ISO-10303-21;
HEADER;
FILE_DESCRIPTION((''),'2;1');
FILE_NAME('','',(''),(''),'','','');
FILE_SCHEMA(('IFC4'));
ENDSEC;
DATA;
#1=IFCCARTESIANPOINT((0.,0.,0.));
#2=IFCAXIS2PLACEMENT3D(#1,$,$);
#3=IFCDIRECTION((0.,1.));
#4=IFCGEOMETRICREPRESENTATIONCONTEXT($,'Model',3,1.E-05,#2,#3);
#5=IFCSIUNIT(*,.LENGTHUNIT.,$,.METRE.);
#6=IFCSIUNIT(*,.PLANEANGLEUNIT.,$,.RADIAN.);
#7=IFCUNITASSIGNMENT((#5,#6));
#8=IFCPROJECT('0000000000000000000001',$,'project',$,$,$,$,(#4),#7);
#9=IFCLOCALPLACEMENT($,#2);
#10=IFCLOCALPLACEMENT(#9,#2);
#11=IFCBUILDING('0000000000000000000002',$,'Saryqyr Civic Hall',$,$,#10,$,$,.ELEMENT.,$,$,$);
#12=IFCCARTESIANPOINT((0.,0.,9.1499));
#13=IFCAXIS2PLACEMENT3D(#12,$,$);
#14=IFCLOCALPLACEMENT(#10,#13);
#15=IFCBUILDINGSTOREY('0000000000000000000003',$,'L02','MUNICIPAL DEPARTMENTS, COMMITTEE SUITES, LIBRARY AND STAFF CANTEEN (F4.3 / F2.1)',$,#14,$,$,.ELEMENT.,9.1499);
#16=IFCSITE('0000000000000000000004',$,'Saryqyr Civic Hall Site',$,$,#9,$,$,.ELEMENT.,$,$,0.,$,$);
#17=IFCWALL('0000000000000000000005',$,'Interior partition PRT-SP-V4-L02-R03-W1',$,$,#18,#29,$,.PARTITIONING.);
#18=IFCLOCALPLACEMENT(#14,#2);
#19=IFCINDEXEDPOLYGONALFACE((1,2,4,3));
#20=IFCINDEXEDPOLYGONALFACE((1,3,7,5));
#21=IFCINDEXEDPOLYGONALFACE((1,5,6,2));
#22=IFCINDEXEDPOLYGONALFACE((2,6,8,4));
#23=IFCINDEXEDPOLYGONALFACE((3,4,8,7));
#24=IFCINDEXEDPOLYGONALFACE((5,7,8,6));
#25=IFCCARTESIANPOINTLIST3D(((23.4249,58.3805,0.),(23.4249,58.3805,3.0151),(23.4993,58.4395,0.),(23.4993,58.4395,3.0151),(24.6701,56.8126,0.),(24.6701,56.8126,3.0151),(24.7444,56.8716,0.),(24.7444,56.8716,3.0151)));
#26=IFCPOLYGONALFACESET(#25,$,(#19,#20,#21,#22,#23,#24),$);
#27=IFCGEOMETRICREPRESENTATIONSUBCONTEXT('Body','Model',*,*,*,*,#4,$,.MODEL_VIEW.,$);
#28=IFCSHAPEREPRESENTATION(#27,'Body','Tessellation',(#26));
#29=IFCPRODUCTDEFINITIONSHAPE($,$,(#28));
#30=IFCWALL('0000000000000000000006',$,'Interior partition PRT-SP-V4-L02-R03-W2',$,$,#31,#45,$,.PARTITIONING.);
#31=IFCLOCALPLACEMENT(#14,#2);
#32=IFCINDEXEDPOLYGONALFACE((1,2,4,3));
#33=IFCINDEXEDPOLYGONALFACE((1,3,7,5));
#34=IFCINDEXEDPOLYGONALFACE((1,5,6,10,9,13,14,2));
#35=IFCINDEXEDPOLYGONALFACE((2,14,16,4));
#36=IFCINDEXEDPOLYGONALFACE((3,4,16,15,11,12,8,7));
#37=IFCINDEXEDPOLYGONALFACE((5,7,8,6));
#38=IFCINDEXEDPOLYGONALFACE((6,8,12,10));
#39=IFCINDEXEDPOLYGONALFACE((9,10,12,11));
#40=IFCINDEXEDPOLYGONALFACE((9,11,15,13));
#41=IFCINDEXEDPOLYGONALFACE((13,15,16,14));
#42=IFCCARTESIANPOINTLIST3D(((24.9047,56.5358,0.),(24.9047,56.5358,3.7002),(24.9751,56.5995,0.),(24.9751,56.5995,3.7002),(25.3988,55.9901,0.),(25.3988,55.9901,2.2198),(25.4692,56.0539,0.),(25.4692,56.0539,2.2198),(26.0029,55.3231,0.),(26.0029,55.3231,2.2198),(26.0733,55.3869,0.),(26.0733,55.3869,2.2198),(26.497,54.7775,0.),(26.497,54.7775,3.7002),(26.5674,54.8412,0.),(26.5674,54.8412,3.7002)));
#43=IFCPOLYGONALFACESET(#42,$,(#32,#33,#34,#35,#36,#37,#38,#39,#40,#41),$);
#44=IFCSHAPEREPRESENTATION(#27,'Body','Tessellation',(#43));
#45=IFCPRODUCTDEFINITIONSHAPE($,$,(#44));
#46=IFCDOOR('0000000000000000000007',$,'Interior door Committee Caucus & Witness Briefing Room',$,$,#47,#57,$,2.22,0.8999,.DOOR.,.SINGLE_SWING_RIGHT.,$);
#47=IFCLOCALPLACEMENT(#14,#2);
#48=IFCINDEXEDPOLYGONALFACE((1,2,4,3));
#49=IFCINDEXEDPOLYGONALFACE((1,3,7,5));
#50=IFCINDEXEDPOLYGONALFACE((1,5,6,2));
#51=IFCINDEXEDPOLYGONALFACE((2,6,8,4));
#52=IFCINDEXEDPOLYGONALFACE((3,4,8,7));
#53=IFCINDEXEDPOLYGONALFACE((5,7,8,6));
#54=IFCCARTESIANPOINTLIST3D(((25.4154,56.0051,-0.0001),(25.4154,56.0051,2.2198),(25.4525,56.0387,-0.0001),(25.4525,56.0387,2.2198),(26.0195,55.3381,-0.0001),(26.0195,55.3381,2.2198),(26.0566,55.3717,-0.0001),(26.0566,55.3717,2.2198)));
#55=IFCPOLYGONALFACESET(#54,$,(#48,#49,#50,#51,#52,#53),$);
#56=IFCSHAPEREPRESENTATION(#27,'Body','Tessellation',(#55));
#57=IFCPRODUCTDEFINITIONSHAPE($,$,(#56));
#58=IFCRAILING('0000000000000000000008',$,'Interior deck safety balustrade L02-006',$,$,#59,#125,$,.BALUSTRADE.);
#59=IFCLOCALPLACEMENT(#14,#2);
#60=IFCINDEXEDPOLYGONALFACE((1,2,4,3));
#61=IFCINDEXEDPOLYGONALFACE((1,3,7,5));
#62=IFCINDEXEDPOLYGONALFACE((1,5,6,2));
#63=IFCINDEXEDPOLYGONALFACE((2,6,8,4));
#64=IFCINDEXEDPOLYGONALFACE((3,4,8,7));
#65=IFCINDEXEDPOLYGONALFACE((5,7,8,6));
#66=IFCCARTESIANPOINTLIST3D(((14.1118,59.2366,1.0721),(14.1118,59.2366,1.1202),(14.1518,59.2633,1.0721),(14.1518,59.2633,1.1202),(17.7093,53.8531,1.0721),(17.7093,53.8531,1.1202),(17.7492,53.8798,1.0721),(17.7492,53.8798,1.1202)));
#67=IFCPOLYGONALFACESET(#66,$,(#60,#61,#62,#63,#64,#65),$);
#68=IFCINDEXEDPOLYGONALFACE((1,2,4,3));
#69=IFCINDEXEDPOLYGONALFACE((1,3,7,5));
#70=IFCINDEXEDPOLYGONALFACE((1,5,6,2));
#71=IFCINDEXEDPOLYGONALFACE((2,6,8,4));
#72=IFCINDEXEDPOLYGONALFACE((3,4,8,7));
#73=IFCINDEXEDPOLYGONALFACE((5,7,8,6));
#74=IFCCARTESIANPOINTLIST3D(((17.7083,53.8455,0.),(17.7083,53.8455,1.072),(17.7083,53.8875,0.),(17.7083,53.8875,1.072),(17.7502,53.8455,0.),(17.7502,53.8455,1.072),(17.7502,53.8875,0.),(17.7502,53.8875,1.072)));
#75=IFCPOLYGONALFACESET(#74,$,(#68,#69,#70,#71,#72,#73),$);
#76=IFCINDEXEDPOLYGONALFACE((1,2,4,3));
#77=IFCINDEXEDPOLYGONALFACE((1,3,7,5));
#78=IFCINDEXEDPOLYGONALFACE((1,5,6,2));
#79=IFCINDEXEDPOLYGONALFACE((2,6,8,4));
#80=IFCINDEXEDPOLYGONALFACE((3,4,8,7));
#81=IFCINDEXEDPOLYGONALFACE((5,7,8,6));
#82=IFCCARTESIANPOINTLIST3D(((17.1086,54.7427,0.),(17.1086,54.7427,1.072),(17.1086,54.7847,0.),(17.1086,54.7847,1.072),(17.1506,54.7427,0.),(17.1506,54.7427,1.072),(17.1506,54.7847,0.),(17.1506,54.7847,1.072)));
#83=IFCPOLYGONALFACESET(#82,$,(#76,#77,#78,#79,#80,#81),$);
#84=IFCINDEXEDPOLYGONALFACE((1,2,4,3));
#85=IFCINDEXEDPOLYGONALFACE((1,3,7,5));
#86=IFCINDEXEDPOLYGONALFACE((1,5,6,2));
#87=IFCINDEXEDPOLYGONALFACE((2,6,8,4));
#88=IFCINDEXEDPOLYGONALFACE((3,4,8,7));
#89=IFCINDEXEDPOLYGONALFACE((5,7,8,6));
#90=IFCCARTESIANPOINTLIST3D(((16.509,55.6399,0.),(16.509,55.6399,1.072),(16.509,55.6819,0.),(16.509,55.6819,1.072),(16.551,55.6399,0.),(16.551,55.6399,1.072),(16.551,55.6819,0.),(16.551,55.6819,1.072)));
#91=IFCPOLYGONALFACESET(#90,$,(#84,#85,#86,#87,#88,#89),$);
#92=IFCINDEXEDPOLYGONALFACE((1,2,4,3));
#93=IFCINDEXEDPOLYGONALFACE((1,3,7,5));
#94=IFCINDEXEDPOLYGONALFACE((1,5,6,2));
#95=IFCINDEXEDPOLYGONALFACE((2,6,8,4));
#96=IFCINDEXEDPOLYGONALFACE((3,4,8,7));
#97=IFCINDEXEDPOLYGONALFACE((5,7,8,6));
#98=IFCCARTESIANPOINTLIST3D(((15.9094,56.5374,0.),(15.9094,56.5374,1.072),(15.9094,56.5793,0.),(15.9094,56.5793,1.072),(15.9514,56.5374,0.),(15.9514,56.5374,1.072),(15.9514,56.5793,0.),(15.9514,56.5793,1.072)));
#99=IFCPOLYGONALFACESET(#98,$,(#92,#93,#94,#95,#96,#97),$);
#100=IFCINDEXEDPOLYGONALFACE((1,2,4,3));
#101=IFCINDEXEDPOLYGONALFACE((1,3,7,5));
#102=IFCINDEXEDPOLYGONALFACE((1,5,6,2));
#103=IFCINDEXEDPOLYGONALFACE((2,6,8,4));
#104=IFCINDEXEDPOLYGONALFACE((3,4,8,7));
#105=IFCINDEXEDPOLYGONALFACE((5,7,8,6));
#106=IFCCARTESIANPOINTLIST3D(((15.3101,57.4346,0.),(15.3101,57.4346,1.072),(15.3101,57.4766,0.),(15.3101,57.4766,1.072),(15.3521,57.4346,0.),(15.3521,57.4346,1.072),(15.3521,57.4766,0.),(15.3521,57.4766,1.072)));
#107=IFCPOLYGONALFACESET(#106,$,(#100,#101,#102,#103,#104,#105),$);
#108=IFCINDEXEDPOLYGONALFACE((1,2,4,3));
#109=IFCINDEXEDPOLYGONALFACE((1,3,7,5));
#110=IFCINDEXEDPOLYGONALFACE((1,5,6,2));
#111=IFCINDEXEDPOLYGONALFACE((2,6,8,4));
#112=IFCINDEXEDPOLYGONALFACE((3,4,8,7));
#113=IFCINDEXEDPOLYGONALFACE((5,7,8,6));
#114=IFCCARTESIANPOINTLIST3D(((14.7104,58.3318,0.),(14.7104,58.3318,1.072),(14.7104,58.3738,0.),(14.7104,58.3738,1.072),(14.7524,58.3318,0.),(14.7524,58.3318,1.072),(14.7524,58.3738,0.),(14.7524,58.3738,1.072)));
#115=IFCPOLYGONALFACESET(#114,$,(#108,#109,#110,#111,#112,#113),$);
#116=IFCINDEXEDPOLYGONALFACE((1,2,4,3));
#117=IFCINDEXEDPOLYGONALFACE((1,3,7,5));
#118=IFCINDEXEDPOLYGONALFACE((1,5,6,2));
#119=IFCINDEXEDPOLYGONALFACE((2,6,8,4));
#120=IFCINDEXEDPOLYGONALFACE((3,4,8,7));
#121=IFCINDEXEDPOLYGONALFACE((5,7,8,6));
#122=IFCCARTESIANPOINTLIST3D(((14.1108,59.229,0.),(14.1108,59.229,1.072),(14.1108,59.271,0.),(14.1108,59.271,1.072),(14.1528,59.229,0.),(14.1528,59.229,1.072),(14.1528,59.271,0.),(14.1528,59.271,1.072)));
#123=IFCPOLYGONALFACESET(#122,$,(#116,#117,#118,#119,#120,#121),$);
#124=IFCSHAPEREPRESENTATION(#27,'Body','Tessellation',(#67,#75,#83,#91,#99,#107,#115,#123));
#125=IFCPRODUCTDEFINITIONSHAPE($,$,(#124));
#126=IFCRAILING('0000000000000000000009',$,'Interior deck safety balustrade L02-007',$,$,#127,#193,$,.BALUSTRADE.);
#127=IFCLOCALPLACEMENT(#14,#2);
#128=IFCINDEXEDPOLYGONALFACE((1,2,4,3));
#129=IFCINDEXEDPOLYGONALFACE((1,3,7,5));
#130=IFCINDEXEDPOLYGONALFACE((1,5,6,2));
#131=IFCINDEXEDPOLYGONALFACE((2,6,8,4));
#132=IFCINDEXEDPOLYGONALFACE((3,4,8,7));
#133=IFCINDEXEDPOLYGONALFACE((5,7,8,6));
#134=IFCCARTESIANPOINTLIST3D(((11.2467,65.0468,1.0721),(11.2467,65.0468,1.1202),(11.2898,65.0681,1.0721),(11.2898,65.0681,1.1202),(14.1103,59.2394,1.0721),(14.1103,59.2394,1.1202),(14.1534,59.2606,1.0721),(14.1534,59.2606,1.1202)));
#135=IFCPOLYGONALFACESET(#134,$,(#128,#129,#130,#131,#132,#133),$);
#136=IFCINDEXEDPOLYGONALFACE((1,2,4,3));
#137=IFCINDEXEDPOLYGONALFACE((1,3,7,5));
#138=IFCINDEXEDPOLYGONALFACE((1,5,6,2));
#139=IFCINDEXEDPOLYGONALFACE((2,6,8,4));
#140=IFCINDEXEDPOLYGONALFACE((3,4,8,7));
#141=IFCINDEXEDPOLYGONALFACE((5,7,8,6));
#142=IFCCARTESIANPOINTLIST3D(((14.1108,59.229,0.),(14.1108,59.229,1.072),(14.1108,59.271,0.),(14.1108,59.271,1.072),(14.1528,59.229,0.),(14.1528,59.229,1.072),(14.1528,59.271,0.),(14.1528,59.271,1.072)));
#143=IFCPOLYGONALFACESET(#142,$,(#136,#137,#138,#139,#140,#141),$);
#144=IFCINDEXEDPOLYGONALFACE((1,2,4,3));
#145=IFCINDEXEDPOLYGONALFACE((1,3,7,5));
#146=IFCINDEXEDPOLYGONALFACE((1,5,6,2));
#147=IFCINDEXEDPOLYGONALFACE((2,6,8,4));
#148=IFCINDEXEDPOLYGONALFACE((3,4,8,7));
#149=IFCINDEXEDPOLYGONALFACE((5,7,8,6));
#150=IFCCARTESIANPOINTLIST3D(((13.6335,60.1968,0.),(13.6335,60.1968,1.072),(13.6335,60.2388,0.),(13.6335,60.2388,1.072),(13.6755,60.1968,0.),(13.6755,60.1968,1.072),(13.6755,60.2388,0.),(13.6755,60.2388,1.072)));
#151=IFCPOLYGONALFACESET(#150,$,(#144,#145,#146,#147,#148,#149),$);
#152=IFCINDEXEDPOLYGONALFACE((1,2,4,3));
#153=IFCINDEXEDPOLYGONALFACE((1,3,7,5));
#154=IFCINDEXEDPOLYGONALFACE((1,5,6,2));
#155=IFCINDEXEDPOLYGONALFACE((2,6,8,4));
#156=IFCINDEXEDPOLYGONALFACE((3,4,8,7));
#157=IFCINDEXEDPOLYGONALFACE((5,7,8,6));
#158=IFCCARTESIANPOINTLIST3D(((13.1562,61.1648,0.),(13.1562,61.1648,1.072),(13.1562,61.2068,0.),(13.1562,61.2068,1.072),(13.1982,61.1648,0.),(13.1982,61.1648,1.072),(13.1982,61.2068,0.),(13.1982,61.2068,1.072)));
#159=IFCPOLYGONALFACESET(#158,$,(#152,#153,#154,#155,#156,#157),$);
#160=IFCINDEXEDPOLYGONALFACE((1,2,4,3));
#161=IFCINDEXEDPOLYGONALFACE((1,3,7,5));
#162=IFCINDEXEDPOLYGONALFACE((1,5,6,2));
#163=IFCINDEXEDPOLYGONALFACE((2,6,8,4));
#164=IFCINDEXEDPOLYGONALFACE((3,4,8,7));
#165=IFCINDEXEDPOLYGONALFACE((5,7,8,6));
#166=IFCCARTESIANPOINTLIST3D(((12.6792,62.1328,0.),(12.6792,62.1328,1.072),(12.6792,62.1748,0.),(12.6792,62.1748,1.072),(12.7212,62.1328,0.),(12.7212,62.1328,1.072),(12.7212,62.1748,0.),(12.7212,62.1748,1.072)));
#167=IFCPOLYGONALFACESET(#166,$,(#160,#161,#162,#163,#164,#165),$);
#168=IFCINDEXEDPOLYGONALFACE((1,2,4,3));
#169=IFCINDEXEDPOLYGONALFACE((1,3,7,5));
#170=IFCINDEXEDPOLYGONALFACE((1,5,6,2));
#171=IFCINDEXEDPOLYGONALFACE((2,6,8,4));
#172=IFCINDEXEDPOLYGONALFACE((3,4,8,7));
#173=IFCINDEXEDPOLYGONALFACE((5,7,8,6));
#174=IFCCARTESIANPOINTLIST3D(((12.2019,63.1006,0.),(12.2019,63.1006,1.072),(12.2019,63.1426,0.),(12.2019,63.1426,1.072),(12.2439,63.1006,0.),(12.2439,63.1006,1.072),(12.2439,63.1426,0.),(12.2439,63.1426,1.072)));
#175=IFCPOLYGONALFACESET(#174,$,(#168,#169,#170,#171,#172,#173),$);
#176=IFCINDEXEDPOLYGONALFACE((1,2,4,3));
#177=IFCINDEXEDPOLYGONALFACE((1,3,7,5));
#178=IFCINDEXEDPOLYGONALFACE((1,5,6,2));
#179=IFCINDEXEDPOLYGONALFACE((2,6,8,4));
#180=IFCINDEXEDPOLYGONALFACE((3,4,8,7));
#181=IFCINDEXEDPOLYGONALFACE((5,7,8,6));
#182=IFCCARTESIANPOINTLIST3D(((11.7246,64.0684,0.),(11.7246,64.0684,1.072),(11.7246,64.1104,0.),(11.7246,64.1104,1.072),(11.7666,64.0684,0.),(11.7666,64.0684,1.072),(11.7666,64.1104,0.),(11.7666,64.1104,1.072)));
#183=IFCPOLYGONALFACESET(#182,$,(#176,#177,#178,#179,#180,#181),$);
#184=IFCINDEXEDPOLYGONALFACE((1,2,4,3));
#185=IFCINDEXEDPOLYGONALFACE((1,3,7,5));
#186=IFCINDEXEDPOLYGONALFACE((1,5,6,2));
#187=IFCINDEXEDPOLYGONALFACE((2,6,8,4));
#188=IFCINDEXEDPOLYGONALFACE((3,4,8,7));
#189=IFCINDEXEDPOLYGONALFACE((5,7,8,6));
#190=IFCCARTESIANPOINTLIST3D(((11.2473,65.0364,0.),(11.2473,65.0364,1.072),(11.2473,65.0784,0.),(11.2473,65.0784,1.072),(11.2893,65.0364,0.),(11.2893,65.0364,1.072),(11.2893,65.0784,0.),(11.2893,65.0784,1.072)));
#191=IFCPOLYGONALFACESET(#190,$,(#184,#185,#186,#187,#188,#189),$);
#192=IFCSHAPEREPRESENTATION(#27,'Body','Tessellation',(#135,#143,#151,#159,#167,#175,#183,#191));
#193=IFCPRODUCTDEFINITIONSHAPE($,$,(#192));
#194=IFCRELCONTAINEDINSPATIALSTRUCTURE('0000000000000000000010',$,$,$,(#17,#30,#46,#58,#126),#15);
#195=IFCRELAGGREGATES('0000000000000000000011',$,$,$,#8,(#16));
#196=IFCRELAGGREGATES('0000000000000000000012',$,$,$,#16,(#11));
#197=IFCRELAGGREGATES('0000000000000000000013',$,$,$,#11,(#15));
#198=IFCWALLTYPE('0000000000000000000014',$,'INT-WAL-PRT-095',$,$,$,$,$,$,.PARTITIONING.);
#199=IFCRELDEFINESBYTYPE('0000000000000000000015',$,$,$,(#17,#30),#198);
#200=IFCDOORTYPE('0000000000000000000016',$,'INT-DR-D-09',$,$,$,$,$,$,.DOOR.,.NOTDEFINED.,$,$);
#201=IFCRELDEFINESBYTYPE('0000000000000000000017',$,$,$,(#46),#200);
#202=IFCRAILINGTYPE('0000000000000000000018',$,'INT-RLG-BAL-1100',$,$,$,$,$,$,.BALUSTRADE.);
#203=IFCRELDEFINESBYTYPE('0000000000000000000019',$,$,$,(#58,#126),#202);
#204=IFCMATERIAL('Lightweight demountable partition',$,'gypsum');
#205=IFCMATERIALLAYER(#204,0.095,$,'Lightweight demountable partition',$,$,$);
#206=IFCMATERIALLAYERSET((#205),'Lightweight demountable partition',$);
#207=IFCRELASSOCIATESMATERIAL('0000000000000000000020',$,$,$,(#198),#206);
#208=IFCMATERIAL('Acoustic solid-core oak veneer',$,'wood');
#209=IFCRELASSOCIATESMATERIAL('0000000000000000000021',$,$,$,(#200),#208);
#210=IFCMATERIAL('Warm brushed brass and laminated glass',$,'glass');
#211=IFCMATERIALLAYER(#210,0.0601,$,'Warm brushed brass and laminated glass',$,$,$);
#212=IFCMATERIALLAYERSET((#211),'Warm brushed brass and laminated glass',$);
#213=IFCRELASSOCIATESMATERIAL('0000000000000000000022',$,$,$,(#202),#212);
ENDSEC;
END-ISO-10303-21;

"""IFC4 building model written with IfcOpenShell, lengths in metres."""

from ifc_helpers import new_model, si_unit, direction, frame, frame_2d, origin, origin_2d, place, context, subcontext, project, spatial, rectangle, extrude, material, layer, layer_set, type_object, element, fill, save


model = new_model("IFC4")

# Units and contexts
model_context = context("Model", 3, precision=1e-05, world=origin(), true_north=direction((0.0, 1.0)))
body_context = subcontext(model_context, "Body", "Model", "MODEL_VIEW")
ifc_project = project(units=[si_unit("LENGTHUNIT", "METRE"), si_unit("PLANEANGLEUNIT", "RADIAN")], contexts=[model_context])

# Site, building, storey
site_placement = place(None, origin())
site = spatial("IfcSite", under=ifc_project, at=site_placement, Name="Saryqyr Civic Hall Site", CompositionType="ELEMENT", RefElevation=0.0)
building_placement = place(site_placement, origin())
building = spatial("IfcBuilding", under=site, at=building_placement, Name="Saryqyr Civic Hall", CompositionType="ELEMENT")
storey_placement = place(building_placement, frame((0.0, 0.0, 9.1499)))
storey = spatial("IfcBuildingStorey", under=building, at=storey_placement, Name="L02", Description="MUNICIPAL DEPARTMENTS, COMMITTEE SUITES, LIBRARY AND STAFF CANTEEN (F4.3 / F2.1)", CompositionType="ELEMENT", Elevation=9.1499)

# Wall
ifc_material_1 = material(Name="Lightweight demountable partition", Category="gypsum")
ifc_layer_1 = layer(ifc_material_1, 0.095, Name="Lightweight demountable partition")
ifc_layer_set_1 = layer_set([ifc_layer_1], Name="Lightweight demountable partition")
wall_type_1 = type_object("IfcWallType", Name="INT-WAL-PRT-095", PredefinedType="PARTITIONING", material=ifc_layer_set_1)
wall_1_placement = place(storey_placement, frame((23.4622, 58.4099, 0.0), z_axis=(0.0, 0.0, 1.0), x_axis=(0.621895, -0.7831, 0.0)))
element("IfcWall", 1, at=wall_1_placement, inside=storey, type_object=wall_type_1, Name="Interior partition PRT-SP-V4-L02-R03-W1", PredefinedType="PARTITIONING", context=body_context, shape_type="SweptSolid", body=[
    extrude(rectangle(XDim=2.0022, YDim=0.095, at=frame_2d((1.001, 0.0))), origin(), (0.0, 0.0, 1.0), 3.0151),
])

# Wall, opening, door
wall_2_placement = place(storey_placement, frame((24.9399, 56.5676, 0.0), z_axis=(0.0, 0.0, 1.0), x_axis=(0.671247, -0.741233, 0.0)))
wall_2 = element("IfcWall", 2, at=wall_2_placement, inside=storey, type_object=wall_type_1, Name="Interior partition PRT-SP-V4-L02-R03-W2", PredefinedType="PARTITIONING", context=body_context, shape_type="SweptSolid", body=[
    extrude(rectangle(XDim=2.3721, YDim=0.095, at=frame_2d((1.186, 0.0))), origin(), (0.0, 0.0, 1.0), 3.7002),
])
opening_1_placement = place(wall_2_placement, frame((0.7361, 0.0, 0.0)))
opening_1 = element("IfcOpeningElement", 3, at=opening_1_placement, cuts=wall_2, PredefinedType="OPENING", context=body_context, shape_type="SweptSolid", body=[
    extrude(rectangle(XDim=0.8999, YDim=2.22, at=frame_2d((0.45, 1.1099))), frame((0.0, 0.0574, 0.0), z_axis=(0.0, -1.0, 0.0), x_axis=(1.0, 0.0, 0.0)), (0.0, 0.0, 1.0), 0.115),
])
ifc_material_2 = material(Name="Acoustic solid-core oak veneer", Category="wood")
door_type = type_object("IfcDoorType", Name="INT-DR-D-09", OperationType="NOTDEFINED", PredefinedType="DOOR", material=ifc_material_2)
door_placement = place(opening_1_placement, origin())
door = element("IfcDoor", 4, at=door_placement, inside=storey, type_object=door_type, Name="Interior door Committee Caucus & Witness Briefing Room", OperationType="SINGLE_SWING_RIGHT", OverallHeight=2.22, OverallWidth=0.8999, PredefinedType="DOOR", context=body_context, shape_type="SweptSolid", body=[
    extrude(rectangle(XDim=0.8999, YDim=2.22, at=frame_2d((0.45, 1.1099))), frame((0.0, 0.0249, 0.0), z_axis=(0.0, -1.0, 0.0), x_axis=(1.0, 0.0, 0.0)), (0.0, 0.0, 1.0), 0.05),
])
fill(opening_1, door)

# Railings
ifc_material_3 = material(Name="Warm brushed brass and laminated glass", Category="glass")
ifc_layer_2 = layer(ifc_material_3, 0.0601, Name="Warm brushed brass and laminated glass")
ifc_layer_set_2 = layer_set([ifc_layer_2], Name="Warm brushed brass and laminated glass")
railing_type = type_object("IfcRailingType", Name="INT-RLG-BAL-1100", PredefinedType="BALUSTRADE", material=ifc_layer_set_2)
railing_1_placement = place(storey_placement, frame((17.7292, 53.8665, 0.0)))
element("IfcRailing", 5, at=railing_1_placement, inside=storey, type_object=railing_type, Name="Interior deck safety balustrade L02-006", PredefinedType="BALUSTRADE", context=body_context, shape_type="SweptSolid", body=[
    extrude(rectangle(XDim=0.0481, YDim=0.0481, at=origin_2d()), frame((0.0, 0.0, 1.0962), z_axis=(-0.555596, 0.831452, 0.0), x_axis=(-0.831452, -0.555596, 0.0)), (0.0, 0.0, 1.0), 6.4749),
    extrude(rectangle(XDim=0.042, YDim=0.042, at=origin_2d()), origin(), (0.0, 0.0, 1.0), 1.072),
    extrude(rectangle(XDim=0.042, YDim=0.042, at=origin_2d()), frame((-0.5996, 0.8972, 0.0)), (0.0, 0.0, 1.0), 1.072),
    extrude(rectangle(XDim=0.042, YDim=0.042, at=origin_2d()), frame((-1.1992, 1.7944, 0.0)), (0.0, 0.0, 1.0), 1.072),
    extrude(rectangle(XDim=0.042, YDim=0.042, at=origin_2d()), frame((-1.7988, 2.6919, 0.0)), (0.0, 0.0, 1.0), 1.072),
    extrude(rectangle(XDim=0.042, YDim=0.042, at=origin_2d()), frame((-2.3982, 3.5891, 0.0)), (0.0, 0.0, 1.0), 1.072),
    extrude(rectangle(XDim=0.042, YDim=0.042, at=origin_2d()), frame((-2.9978, 4.4863, 0.0)), (0.0, 0.0, 1.0), 1.072),
    extrude(rectangle(XDim=0.042, YDim=0.042, at=origin_2d()), frame((-3.5974, 5.3835, 0.0)), (0.0, 0.0, 1.0), 1.072),
])
railing_2_placement = place(storey_placement, frame((14.1318, 59.25, 0.0)))
element("IfcRailing", 6, at=railing_2_placement, inside=storey, type_object=railing_type, Name="Interior deck safety balustrade L02-007", PredefinedType="BALUSTRADE", context=body_context, shape_type="SweptSolid", body=[
    extrude(rectangle(XDim=0.0481, YDim=0.0481, at=origin_2d()), frame((0.0, 0.0, 1.0962), z_axis=(-0.442245, 0.896894, 0.0), x_axis=(-0.896894, -0.442245, 0.0)), (0.0, 0.0, 1.0), 6.4751),
    extrude(rectangle(XDim=0.042, YDim=0.042, at=origin_2d()), origin(), (0.0, 0.0, 1.0), 1.072),
    extrude(rectangle(XDim=0.042, YDim=0.042, at=origin_2d()), frame((-0.4773, 0.9678, 0.0)), (0.0, 0.0, 1.0), 1.072),
    extrude(rectangle(XDim=0.042, YDim=0.042, at=origin_2d()), frame((-0.9546, 1.9358, 0.0)), (0.0, 0.0, 1.0), 1.072),
    extrude(rectangle(XDim=0.042, YDim=0.042, at=origin_2d()), frame((-1.4316, 2.9038, 0.0)), (0.0, 0.0, 1.0), 1.072),
    extrude(rectangle(XDim=0.042, YDim=0.042, at=origin_2d()), frame((-1.9089, 3.8716, 0.0)), (0.0, 0.0, 1.0), 1.072),
    extrude(rectangle(XDim=0.042, YDim=0.042, at=origin_2d()), frame((-2.3862, 4.8394, 0.0)), (0.0, 0.0, 1.0), 1.072),
    extrude(rectangle(XDim=0.042, YDim=0.042, at=origin_2d()), frame((-2.8635, 5.8074, 0.0)), (0.0, 0.0, 1.0), 1.072),
])

save(model, "model.ifc")
